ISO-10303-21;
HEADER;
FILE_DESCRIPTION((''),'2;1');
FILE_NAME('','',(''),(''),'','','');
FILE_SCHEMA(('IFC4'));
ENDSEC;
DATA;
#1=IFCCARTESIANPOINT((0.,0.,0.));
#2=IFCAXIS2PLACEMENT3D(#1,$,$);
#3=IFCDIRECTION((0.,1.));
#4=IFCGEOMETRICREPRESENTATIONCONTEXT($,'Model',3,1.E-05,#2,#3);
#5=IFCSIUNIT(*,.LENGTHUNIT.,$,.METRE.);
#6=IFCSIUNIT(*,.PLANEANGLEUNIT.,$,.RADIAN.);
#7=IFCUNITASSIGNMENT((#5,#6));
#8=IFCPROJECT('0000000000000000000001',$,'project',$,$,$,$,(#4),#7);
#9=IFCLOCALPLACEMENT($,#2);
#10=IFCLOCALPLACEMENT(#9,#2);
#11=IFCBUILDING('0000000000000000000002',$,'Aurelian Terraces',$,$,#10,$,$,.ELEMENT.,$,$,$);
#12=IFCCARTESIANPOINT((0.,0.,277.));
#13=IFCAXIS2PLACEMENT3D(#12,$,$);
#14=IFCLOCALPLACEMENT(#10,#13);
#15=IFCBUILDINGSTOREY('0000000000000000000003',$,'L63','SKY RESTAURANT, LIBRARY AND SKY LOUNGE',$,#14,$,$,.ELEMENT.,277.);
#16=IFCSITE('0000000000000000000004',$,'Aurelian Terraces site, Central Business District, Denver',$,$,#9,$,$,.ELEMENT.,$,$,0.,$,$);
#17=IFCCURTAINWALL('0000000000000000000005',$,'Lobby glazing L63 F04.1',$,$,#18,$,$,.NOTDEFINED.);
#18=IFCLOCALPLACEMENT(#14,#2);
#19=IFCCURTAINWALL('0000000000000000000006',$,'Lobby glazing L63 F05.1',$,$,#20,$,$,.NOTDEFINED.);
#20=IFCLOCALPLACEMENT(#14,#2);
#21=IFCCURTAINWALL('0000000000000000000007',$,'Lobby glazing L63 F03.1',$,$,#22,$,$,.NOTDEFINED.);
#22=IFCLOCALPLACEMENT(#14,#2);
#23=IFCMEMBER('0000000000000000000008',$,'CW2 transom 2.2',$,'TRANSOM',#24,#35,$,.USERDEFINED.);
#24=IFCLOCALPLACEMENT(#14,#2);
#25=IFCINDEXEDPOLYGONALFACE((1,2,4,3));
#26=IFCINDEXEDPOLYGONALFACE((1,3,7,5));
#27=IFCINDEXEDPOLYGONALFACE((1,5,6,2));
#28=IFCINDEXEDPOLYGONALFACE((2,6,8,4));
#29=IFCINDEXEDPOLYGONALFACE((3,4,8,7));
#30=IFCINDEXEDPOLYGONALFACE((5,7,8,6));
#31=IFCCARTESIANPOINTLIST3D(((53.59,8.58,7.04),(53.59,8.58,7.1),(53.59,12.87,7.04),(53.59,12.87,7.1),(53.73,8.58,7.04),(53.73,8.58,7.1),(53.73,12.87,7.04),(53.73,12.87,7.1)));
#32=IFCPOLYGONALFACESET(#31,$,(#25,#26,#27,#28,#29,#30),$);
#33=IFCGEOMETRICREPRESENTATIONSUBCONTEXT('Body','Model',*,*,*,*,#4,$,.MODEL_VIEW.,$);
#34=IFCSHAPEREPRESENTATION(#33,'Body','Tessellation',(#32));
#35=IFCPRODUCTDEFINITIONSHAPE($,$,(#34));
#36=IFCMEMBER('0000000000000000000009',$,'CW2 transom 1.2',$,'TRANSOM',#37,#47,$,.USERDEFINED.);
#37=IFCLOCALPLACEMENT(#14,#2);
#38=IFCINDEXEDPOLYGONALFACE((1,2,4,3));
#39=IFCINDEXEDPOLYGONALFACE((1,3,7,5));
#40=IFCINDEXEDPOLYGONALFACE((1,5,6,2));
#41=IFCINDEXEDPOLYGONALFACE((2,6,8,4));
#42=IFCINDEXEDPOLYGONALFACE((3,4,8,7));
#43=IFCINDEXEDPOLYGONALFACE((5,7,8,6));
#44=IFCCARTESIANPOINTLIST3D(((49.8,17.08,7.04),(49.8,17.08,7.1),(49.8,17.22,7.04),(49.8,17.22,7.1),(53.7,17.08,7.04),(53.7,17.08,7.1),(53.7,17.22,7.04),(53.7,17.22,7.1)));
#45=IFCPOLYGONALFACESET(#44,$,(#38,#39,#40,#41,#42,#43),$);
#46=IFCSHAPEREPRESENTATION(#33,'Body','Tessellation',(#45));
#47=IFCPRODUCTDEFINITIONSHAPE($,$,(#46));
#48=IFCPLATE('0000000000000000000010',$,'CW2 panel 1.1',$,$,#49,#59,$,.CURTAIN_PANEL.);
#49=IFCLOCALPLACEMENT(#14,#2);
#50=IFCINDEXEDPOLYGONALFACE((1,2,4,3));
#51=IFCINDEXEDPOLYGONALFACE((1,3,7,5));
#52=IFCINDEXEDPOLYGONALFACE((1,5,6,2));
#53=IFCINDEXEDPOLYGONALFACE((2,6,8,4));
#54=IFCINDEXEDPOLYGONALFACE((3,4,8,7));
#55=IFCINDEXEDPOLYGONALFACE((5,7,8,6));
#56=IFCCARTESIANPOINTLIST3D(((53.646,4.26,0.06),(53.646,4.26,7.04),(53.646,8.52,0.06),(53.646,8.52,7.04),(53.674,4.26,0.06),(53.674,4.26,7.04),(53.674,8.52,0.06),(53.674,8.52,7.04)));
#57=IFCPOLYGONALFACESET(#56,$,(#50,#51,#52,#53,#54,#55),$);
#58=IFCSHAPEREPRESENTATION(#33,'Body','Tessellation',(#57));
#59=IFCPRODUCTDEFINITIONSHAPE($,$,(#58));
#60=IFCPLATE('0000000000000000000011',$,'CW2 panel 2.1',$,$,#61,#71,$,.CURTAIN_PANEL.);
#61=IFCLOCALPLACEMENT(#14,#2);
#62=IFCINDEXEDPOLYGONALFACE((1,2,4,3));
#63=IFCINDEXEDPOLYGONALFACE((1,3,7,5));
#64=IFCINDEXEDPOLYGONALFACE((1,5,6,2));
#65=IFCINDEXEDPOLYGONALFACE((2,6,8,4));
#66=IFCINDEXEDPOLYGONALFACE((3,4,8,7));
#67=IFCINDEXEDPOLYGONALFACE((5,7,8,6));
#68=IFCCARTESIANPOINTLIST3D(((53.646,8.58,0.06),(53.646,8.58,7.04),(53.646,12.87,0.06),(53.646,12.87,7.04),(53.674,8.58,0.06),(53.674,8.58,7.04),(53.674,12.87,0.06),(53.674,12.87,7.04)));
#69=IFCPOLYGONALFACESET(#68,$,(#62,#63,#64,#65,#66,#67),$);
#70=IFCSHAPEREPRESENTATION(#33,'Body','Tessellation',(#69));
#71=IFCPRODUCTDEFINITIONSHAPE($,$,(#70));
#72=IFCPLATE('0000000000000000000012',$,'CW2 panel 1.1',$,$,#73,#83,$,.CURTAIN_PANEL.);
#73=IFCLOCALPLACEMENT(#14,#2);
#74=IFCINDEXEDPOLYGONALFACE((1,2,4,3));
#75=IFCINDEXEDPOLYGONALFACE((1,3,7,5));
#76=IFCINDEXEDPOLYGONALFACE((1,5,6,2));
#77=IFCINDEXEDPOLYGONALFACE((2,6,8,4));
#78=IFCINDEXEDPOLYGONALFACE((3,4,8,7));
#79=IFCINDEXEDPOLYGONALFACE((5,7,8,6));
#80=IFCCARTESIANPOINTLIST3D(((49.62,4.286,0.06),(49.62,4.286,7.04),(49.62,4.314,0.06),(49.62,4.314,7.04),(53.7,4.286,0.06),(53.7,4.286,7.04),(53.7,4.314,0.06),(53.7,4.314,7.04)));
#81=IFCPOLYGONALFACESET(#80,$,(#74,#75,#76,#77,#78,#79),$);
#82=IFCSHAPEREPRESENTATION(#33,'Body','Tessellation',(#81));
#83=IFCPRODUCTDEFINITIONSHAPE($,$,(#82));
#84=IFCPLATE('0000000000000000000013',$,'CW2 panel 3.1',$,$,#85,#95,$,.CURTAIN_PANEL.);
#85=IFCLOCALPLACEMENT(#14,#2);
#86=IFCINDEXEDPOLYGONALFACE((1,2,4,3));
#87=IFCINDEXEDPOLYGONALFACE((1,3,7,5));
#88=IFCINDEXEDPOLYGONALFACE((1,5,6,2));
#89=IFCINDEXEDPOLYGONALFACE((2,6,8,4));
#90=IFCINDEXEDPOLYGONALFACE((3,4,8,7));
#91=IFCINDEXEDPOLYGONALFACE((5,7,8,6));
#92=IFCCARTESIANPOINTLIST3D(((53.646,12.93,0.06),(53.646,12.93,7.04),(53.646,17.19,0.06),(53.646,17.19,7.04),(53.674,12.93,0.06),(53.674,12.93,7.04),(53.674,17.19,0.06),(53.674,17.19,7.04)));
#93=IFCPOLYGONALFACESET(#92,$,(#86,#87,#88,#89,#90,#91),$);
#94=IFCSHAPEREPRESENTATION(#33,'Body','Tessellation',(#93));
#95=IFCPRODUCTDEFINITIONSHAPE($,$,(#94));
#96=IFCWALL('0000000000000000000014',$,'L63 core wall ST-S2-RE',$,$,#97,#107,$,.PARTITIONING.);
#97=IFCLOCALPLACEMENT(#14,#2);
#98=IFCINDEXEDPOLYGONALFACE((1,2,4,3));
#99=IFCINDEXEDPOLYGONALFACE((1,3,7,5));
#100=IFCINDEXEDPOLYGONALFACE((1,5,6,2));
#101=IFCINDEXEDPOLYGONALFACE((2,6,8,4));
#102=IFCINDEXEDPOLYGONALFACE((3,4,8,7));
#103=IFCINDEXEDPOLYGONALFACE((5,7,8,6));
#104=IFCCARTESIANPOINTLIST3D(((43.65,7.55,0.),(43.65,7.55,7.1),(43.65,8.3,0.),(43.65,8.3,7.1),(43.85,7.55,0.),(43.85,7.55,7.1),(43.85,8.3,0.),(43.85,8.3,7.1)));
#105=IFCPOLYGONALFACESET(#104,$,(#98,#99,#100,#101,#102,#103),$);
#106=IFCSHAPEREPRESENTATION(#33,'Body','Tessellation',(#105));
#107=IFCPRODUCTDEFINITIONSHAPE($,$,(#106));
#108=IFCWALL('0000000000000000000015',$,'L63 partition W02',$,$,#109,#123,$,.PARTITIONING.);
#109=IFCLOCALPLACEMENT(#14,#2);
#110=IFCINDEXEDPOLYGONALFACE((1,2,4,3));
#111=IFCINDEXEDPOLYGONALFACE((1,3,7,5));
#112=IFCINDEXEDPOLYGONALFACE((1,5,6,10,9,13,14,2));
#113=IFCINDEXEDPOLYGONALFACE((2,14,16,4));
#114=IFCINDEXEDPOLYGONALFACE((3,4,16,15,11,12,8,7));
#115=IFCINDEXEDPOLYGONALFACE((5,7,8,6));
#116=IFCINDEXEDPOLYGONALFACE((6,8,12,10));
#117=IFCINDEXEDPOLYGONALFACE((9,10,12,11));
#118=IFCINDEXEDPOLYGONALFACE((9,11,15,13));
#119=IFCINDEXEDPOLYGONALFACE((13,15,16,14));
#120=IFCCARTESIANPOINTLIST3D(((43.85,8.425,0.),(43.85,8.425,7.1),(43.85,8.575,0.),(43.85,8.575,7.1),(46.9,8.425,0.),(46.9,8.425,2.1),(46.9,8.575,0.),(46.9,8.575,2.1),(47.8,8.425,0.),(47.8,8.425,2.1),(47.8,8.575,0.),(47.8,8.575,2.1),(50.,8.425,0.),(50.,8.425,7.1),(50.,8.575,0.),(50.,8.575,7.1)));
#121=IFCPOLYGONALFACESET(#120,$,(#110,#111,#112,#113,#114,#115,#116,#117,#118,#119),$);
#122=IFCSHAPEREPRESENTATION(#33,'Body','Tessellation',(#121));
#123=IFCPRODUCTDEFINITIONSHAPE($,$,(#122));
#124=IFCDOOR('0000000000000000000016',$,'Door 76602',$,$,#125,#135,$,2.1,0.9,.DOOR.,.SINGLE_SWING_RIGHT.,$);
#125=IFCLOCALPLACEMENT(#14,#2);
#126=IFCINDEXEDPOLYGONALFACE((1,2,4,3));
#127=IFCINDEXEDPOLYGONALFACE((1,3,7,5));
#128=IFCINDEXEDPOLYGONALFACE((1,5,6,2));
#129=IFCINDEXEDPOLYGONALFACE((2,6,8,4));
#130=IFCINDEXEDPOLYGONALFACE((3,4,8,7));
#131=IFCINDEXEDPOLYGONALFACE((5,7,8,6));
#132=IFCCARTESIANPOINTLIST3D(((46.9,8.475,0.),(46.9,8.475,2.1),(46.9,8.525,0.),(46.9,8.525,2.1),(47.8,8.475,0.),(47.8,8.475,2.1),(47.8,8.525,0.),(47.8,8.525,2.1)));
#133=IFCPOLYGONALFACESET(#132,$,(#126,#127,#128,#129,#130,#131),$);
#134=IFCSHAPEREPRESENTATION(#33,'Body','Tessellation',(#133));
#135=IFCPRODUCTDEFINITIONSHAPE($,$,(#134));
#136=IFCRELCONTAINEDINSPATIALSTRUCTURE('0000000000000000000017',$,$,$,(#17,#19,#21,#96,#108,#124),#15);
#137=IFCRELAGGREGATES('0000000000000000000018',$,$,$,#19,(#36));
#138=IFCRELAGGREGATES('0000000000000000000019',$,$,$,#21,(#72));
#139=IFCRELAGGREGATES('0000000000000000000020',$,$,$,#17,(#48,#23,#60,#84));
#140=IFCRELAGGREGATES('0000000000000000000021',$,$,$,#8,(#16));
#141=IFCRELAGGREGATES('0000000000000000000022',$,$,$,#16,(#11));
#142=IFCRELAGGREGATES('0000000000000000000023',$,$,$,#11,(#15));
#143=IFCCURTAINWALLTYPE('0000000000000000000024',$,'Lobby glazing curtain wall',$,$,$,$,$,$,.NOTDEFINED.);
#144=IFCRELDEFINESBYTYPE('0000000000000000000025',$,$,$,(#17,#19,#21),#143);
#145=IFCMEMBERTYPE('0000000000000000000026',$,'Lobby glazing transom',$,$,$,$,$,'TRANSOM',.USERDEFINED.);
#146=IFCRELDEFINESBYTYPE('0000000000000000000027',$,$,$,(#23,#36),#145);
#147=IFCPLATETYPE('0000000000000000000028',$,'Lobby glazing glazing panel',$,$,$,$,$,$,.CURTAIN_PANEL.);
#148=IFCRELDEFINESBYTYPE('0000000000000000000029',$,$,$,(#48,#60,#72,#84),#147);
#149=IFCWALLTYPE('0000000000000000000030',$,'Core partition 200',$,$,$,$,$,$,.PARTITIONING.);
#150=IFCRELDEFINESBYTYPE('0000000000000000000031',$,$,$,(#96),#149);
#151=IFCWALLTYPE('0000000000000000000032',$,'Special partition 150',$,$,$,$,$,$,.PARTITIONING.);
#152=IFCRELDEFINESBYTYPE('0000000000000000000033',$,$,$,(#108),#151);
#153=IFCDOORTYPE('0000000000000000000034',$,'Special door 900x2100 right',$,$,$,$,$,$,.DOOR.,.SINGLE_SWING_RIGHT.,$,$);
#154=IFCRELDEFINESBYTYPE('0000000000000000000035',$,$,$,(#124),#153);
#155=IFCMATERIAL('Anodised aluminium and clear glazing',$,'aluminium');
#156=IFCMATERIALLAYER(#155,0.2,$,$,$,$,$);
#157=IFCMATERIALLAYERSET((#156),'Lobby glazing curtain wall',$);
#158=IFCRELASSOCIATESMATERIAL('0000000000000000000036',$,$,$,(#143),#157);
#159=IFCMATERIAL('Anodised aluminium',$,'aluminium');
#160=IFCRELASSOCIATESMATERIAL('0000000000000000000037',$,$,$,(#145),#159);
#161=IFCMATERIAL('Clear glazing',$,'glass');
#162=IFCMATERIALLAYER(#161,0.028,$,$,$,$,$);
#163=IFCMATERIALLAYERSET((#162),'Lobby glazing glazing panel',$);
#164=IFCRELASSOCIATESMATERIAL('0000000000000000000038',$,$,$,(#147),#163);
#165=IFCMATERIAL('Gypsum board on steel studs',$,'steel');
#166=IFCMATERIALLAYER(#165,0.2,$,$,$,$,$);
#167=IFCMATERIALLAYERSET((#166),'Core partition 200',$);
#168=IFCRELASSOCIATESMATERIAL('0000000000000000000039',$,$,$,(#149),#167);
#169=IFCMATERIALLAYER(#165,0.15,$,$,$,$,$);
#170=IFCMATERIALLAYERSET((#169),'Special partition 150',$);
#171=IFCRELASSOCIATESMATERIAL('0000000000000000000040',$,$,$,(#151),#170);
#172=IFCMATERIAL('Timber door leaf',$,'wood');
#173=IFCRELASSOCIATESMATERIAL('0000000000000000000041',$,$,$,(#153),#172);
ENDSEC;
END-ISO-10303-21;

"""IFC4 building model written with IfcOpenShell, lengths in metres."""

from ifc_helpers import new_model, si_unit, direction, frame, frame_2d, origin, origin_2d, place, context, subcontext, project, spatial, rectangle, extrude, source, transform, mapped, material, layer, layer_set, material_profile, profile_set, type_object, element, fill, aggregate, save


model = new_model("IFC4")

# Units and contexts
model_context = context("Model", 3, precision=1e-05, world=origin(), true_north=direction((0.0, 1.0)))
body_context = subcontext(model_context, "Body", "Model", "MODEL_VIEW")
ifc_project = project(units=[si_unit("LENGTHUNIT", "METRE"), si_unit("PLANEANGLEUNIT", "RADIAN")], contexts=[model_context])

# Site, building, storey
site_placement = place(None, origin())
site = spatial("IfcSite", under=ifc_project, at=site_placement, Name="Aurelian Terraces site, Central Business District, Denver", CompositionType="ELEMENT", RefElevation=0.0)
building_placement = place(site_placement, origin())
building = spatial("IfcBuilding", under=site, at=building_placement, Name="Aurelian Terraces", CompositionType="ELEMENT")
storey_placement = place(building_placement, frame((0.0, 0.0, 277.0)))
storey = spatial("IfcBuildingStorey", under=building, at=storey_placement, Name="L63", Description="SKY RESTAURANT, LIBRARY AND SKY LOUNGE", CompositionType="ELEMENT", Elevation=277.0)

# Curtain walls
ifc_material_1 = material(Name="Anodised aluminium and clear glazing", Category="aluminium")
ifc_layer_1 = layer(ifc_material_1, 0.2)
ifc_layer_set_1 = layer_set([ifc_layer_1], Name="Lobby glazing curtain wall")
curtain_wall_type = type_object("IfcCurtainWallType", Name="Lobby glazing curtain wall", PredefinedType="NOTDEFINED", material=ifc_layer_set_1)
curtain_wall_1_placement = place(storey_placement, origin())
curtain_wall_1 = element("IfcCurtainWall", 1, at=curtain_wall_1_placement, inside=storey, type_object=curtain_wall_type, Name="Lobby glazing L63 F04.1", PredefinedType="NOTDEFINED")
ifc_material_2 = material(Name="Anodised aluminium", Category="aluminium")
ifc_material_profile_1 = material_profile(ifc_material_2, rectangle(XDim=0.14, YDim=0.06, at=origin_2d()))
ifc_profile_set_1 = profile_set([ifc_material_profile_1], Name="Anodised aluminium")
member_type_1 = type_object("IfcMemberType", Name="Lobby glazing transom", ElementType="TRANSOM", PredefinedType="USERDEFINED", material=ifc_profile_set_1)
curtain_wall_2_placement = place(storey_placement, origin())
curtain_wall_2 = element("IfcCurtainWall", 2, at=curtain_wall_2_placement, inside=storey, type_object=curtain_wall_type, Name="Lobby glazing L63 F05.1", PredefinedType="NOTDEFINED")
curtain_wall_3_placement = place(storey_placement, origin())
curtain_wall_3 = element("IfcCurtainWall", 3, at=curtain_wall_3_placement, inside=storey, type_object=curtain_wall_type, Name="Lobby glazing L63 F03.1", PredefinedType="NOTDEFINED")

# Members
shared_shape_1 = source(origin(), body_context, "Body", "SweptSolid", [
    extrude(rectangle(XDim=0.14, YDim=0.06, at=origin_2d()), origin(), (0.0, 0.0, 1.0), 4.29),
])
member_1_placement = place(storey_placement, frame((53.66, 8.58, 7.07), z_axis=(0.0, 1.0, 0.0), x_axis=(-1.0, 0.0, 0.0)))
member_1 = element("IfcMember", 4, at=member_1_placement, type_object=member_type_1, Name="CW2 transom 2.2", ObjectType="TRANSOM", PredefinedType="USERDEFINED", context=body_context, shape_type="MappedRepresentation", body=[
    mapped(shared_shape_1, transform((0.0, 0.0, 0.0), scale=1.0)),
])
shared_shape_2 = source(origin(), body_context, "Body", "SweptSolid", [
    extrude(rectangle(XDim=0.14, YDim=0.06, at=origin_2d()), origin(), (0.0, 0.0, 1.0), 3.9),
])
member_2_placement = place(storey_placement, frame((53.7, 17.15, 7.07), z_axis=(-1.0, 0.0, 0.0), x_axis=(0.0, -1.0, 0.0)))
member_2 = element("IfcMember", 5, at=member_2_placement, type_object=member_type_1, Name="CW2 transom 1.2", ObjectType="TRANSOM", PredefinedType="USERDEFINED", context=body_context, shape_type="MappedRepresentation", body=[
    mapped(shared_shape_2, transform((0.0, 0.0, 0.0), scale=1.0)),
])
aggregate(curtain_wall_2, [member_2])

# Plates
ifc_material_3 = material(Name="Clear glazing", Category="glass")
ifc_layer_2 = layer(ifc_material_3, 0.028)
ifc_layer_set_2 = layer_set([ifc_layer_2], Name="Lobby glazing glazing panel")
plate_type = type_object("IfcPlateType", Name="Lobby glazing glazing panel", PredefinedType="CURTAIN_PANEL", material=ifc_layer_set_2)
plate_1_placement = place(storey_placement, frame((53.66, 6.39, 0.06), z_axis=(0.0, 0.0, 1.0), x_axis=(0.0, 1.0, 0.0)))
plate_1 = element("IfcPlate", 6, at=plate_1_placement, type_object=plate_type, Name="CW2 panel 1.1", PredefinedType="CURTAIN_PANEL", context=body_context, shape_type="SweptSolid", body=[
    extrude(rectangle(XDim=4.26, YDim=0.028, at=origin_2d()), origin(), (0.0, 0.0, 1.0), 6.98),
])
plate_2_placement = place(storey_placement, frame((53.66, 10.725, 0.06), z_axis=(0.0, 0.0, 1.0), x_axis=(0.0, 1.0, 0.0)))
plate_2 = element("IfcPlate", 7, at=plate_2_placement, type_object=plate_type, Name="CW2 panel 2.1", PredefinedType="CURTAIN_PANEL", context=body_context, shape_type="SweptSolid", body=[
    extrude(rectangle(XDim=4.29, YDim=0.028, at=origin_2d()), origin(), (0.0, 0.0, 1.0), 6.98),
])
shared_shape_3 = source(origin(), body_context, "Body", "SweptSolid", [
    extrude(rectangle(XDim=4.08, YDim=0.028, at=origin_2d()), origin(), (0.0, 0.0, 1.0), 6.98),
])
plate_3_placement = place(storey_placement, frame((51.66, 4.3, 0.06), z_axis=(0.0, 0.0, 1.0), x_axis=(1.0, 0.0, 0.0)))
plate_3 = element("IfcPlate", 8, at=plate_3_placement, type_object=plate_type, Name="CW2 panel 1.1", PredefinedType="CURTAIN_PANEL", context=body_context, shape_type="MappedRepresentation", body=[
    mapped(shared_shape_3, transform((0.0, 0.0, 0.0), scale=1.0)),
])
aggregate(curtain_wall_3, [plate_3])
shared_shape_4 = source(origin(), body_context, "Body", "SweptSolid", [
    extrude(rectangle(XDim=4.26, YDim=0.028, at=origin_2d()), origin(), (0.0, 0.0, 1.0), 6.98),
])
plate_4_placement = place(storey_placement, frame((53.66, 15.06, 0.06), z_axis=(0.0, 0.0, 1.0), x_axis=(0.0, 1.0, 0.0)))
plate_4 = element("IfcPlate", 9, at=plate_4_placement, type_object=plate_type, Name="CW2 panel 3.1", PredefinedType="CURTAIN_PANEL", context=body_context, shape_type="MappedRepresentation", body=[
    mapped(shared_shape_4, transform((0.0, 0.0, 0.0), scale=1.0)),
])
aggregate(curtain_wall_1, [plate_1, member_1, plate_2, plate_4])

# Wall
ifc_material_4 = material(Name="Gypsum board on steel studs", Category="steel")
ifc_layer_3 = layer(ifc_material_4, 0.2)
ifc_layer_set_3 = layer_set([ifc_layer_3], Name="Core partition 200")
wall_type_1 = type_object("IfcWallType", Name="Core partition 200", PredefinedType="PARTITIONING", material=ifc_layer_set_3)
shared_shape_5 = source(origin(), body_context, "Body", "SweptSolid", [
    extrude(rectangle(XDim=0.75, YDim=0.2, at=frame_2d((0.375, 0.0))), origin(), (0.0, 0.0, 1.0), 7.1),
])
wall_1_placement = place(storey_placement, frame((43.75, 7.55, 0.0), z_axis=(0.0, 0.0, 1.0), x_axis=(0.0, 1.0, 0.0)))
element("IfcWall", 10, at=wall_1_placement, inside=storey, type_object=wall_type_1, Name="L63 core wall ST-S2-RE", PredefinedType="PARTITIONING", context=body_context, shape_type="MappedRepresentation", body=[
    mapped(shared_shape_5, transform((0.0, 0.0, 0.0), scale=1.0)),
])

# Wall, opening, door
ifc_layer_4 = layer(ifc_material_4, 0.15)
ifc_layer_set_4 = layer_set([ifc_layer_4], Name="Special partition 150")
wall_type_2 = type_object("IfcWallType", Name="Special partition 150", PredefinedType="PARTITIONING", material=ifc_layer_set_4)
shared_shape_6 = source(origin(), body_context, "Body", "SweptSolid", [
    extrude(rectangle(XDim=6.15, YDim=0.15, at=frame_2d((3.075, 0.0))), origin(), (0.0, 0.0, 1.0), 7.1),
])
wall_2_placement = place(storey_placement, frame((43.85, 8.5, 0.0), z_axis=(0.0, 0.0, 1.0), x_axis=(1.0, 0.0, 0.0)))
wall_2 = element("IfcWall", 11, at=wall_2_placement, inside=storey, type_object=wall_type_2, Name="L63 partition W02", PredefinedType="PARTITIONING", context=body_context, shape_type="MappedRepresentation", body=[
    mapped(shared_shape_6, transform((0.0, 0.0, 0.0), scale=1.0)),
])
shared_shape_7 = source(origin(), body_context, "Body", "SweptSolid", [
    extrude(rectangle(XDim=0.9, YDim=2.1, at=frame_2d((0.45, 1.05))), frame((0.0, 0.085, 0.0), z_axis=(0.0, -1.0, 0.0), x_axis=(1.0, 0.0, 0.0)), (0.0, 0.0, 1.0), 0.17),
])
opening_placement = place(wall_2_placement, frame((3.05, 0.0, 0.0)))
opening = element("IfcOpeningElement", 12, at=opening_placement, cuts=wall_2, PredefinedType="OPENING", context=body_context, shape_type="MappedRepresentation", body=[
    mapped(shared_shape_7, transform((0.0, 0.0, 0.0), scale=1.0)),
])
ifc_material_5 = material(Name="Timber door leaf", Category="wood")
door_type = type_object("IfcDoorType", Name="Special door 900x2100 right", OperationType="SINGLE_SWING_RIGHT", PredefinedType="DOOR", material=ifc_material_5)
shared_shape_8 = source(origin(), body_context, "Body", "SweptSolid", [
    extrude(rectangle(XDim=0.9, YDim=2.1, at=frame_2d((0.45, 1.05))), frame((0.0, 0.025, 0.0), z_axis=(0.0, -1.0, 0.0), x_axis=(1.0, 0.0, 0.0)), (0.0, 0.0, 1.0), 0.05),
])
door_placement = place(opening_placement, origin())
door = element("IfcDoor", 13, at=door_placement, inside=storey, type_object=door_type, Name="Door 76602", OperationType="SINGLE_SWING_RIGHT", OverallHeight=2.1, OverallWidth=0.9, PredefinedType="DOOR", context=body_context, shape_type="MappedRepresentation", body=[
    mapped(shared_shape_8, transform((0.0, 0.0, 0.0), scale=1.0)),
])
fill(opening, door)

save(model, "model.ifc")
